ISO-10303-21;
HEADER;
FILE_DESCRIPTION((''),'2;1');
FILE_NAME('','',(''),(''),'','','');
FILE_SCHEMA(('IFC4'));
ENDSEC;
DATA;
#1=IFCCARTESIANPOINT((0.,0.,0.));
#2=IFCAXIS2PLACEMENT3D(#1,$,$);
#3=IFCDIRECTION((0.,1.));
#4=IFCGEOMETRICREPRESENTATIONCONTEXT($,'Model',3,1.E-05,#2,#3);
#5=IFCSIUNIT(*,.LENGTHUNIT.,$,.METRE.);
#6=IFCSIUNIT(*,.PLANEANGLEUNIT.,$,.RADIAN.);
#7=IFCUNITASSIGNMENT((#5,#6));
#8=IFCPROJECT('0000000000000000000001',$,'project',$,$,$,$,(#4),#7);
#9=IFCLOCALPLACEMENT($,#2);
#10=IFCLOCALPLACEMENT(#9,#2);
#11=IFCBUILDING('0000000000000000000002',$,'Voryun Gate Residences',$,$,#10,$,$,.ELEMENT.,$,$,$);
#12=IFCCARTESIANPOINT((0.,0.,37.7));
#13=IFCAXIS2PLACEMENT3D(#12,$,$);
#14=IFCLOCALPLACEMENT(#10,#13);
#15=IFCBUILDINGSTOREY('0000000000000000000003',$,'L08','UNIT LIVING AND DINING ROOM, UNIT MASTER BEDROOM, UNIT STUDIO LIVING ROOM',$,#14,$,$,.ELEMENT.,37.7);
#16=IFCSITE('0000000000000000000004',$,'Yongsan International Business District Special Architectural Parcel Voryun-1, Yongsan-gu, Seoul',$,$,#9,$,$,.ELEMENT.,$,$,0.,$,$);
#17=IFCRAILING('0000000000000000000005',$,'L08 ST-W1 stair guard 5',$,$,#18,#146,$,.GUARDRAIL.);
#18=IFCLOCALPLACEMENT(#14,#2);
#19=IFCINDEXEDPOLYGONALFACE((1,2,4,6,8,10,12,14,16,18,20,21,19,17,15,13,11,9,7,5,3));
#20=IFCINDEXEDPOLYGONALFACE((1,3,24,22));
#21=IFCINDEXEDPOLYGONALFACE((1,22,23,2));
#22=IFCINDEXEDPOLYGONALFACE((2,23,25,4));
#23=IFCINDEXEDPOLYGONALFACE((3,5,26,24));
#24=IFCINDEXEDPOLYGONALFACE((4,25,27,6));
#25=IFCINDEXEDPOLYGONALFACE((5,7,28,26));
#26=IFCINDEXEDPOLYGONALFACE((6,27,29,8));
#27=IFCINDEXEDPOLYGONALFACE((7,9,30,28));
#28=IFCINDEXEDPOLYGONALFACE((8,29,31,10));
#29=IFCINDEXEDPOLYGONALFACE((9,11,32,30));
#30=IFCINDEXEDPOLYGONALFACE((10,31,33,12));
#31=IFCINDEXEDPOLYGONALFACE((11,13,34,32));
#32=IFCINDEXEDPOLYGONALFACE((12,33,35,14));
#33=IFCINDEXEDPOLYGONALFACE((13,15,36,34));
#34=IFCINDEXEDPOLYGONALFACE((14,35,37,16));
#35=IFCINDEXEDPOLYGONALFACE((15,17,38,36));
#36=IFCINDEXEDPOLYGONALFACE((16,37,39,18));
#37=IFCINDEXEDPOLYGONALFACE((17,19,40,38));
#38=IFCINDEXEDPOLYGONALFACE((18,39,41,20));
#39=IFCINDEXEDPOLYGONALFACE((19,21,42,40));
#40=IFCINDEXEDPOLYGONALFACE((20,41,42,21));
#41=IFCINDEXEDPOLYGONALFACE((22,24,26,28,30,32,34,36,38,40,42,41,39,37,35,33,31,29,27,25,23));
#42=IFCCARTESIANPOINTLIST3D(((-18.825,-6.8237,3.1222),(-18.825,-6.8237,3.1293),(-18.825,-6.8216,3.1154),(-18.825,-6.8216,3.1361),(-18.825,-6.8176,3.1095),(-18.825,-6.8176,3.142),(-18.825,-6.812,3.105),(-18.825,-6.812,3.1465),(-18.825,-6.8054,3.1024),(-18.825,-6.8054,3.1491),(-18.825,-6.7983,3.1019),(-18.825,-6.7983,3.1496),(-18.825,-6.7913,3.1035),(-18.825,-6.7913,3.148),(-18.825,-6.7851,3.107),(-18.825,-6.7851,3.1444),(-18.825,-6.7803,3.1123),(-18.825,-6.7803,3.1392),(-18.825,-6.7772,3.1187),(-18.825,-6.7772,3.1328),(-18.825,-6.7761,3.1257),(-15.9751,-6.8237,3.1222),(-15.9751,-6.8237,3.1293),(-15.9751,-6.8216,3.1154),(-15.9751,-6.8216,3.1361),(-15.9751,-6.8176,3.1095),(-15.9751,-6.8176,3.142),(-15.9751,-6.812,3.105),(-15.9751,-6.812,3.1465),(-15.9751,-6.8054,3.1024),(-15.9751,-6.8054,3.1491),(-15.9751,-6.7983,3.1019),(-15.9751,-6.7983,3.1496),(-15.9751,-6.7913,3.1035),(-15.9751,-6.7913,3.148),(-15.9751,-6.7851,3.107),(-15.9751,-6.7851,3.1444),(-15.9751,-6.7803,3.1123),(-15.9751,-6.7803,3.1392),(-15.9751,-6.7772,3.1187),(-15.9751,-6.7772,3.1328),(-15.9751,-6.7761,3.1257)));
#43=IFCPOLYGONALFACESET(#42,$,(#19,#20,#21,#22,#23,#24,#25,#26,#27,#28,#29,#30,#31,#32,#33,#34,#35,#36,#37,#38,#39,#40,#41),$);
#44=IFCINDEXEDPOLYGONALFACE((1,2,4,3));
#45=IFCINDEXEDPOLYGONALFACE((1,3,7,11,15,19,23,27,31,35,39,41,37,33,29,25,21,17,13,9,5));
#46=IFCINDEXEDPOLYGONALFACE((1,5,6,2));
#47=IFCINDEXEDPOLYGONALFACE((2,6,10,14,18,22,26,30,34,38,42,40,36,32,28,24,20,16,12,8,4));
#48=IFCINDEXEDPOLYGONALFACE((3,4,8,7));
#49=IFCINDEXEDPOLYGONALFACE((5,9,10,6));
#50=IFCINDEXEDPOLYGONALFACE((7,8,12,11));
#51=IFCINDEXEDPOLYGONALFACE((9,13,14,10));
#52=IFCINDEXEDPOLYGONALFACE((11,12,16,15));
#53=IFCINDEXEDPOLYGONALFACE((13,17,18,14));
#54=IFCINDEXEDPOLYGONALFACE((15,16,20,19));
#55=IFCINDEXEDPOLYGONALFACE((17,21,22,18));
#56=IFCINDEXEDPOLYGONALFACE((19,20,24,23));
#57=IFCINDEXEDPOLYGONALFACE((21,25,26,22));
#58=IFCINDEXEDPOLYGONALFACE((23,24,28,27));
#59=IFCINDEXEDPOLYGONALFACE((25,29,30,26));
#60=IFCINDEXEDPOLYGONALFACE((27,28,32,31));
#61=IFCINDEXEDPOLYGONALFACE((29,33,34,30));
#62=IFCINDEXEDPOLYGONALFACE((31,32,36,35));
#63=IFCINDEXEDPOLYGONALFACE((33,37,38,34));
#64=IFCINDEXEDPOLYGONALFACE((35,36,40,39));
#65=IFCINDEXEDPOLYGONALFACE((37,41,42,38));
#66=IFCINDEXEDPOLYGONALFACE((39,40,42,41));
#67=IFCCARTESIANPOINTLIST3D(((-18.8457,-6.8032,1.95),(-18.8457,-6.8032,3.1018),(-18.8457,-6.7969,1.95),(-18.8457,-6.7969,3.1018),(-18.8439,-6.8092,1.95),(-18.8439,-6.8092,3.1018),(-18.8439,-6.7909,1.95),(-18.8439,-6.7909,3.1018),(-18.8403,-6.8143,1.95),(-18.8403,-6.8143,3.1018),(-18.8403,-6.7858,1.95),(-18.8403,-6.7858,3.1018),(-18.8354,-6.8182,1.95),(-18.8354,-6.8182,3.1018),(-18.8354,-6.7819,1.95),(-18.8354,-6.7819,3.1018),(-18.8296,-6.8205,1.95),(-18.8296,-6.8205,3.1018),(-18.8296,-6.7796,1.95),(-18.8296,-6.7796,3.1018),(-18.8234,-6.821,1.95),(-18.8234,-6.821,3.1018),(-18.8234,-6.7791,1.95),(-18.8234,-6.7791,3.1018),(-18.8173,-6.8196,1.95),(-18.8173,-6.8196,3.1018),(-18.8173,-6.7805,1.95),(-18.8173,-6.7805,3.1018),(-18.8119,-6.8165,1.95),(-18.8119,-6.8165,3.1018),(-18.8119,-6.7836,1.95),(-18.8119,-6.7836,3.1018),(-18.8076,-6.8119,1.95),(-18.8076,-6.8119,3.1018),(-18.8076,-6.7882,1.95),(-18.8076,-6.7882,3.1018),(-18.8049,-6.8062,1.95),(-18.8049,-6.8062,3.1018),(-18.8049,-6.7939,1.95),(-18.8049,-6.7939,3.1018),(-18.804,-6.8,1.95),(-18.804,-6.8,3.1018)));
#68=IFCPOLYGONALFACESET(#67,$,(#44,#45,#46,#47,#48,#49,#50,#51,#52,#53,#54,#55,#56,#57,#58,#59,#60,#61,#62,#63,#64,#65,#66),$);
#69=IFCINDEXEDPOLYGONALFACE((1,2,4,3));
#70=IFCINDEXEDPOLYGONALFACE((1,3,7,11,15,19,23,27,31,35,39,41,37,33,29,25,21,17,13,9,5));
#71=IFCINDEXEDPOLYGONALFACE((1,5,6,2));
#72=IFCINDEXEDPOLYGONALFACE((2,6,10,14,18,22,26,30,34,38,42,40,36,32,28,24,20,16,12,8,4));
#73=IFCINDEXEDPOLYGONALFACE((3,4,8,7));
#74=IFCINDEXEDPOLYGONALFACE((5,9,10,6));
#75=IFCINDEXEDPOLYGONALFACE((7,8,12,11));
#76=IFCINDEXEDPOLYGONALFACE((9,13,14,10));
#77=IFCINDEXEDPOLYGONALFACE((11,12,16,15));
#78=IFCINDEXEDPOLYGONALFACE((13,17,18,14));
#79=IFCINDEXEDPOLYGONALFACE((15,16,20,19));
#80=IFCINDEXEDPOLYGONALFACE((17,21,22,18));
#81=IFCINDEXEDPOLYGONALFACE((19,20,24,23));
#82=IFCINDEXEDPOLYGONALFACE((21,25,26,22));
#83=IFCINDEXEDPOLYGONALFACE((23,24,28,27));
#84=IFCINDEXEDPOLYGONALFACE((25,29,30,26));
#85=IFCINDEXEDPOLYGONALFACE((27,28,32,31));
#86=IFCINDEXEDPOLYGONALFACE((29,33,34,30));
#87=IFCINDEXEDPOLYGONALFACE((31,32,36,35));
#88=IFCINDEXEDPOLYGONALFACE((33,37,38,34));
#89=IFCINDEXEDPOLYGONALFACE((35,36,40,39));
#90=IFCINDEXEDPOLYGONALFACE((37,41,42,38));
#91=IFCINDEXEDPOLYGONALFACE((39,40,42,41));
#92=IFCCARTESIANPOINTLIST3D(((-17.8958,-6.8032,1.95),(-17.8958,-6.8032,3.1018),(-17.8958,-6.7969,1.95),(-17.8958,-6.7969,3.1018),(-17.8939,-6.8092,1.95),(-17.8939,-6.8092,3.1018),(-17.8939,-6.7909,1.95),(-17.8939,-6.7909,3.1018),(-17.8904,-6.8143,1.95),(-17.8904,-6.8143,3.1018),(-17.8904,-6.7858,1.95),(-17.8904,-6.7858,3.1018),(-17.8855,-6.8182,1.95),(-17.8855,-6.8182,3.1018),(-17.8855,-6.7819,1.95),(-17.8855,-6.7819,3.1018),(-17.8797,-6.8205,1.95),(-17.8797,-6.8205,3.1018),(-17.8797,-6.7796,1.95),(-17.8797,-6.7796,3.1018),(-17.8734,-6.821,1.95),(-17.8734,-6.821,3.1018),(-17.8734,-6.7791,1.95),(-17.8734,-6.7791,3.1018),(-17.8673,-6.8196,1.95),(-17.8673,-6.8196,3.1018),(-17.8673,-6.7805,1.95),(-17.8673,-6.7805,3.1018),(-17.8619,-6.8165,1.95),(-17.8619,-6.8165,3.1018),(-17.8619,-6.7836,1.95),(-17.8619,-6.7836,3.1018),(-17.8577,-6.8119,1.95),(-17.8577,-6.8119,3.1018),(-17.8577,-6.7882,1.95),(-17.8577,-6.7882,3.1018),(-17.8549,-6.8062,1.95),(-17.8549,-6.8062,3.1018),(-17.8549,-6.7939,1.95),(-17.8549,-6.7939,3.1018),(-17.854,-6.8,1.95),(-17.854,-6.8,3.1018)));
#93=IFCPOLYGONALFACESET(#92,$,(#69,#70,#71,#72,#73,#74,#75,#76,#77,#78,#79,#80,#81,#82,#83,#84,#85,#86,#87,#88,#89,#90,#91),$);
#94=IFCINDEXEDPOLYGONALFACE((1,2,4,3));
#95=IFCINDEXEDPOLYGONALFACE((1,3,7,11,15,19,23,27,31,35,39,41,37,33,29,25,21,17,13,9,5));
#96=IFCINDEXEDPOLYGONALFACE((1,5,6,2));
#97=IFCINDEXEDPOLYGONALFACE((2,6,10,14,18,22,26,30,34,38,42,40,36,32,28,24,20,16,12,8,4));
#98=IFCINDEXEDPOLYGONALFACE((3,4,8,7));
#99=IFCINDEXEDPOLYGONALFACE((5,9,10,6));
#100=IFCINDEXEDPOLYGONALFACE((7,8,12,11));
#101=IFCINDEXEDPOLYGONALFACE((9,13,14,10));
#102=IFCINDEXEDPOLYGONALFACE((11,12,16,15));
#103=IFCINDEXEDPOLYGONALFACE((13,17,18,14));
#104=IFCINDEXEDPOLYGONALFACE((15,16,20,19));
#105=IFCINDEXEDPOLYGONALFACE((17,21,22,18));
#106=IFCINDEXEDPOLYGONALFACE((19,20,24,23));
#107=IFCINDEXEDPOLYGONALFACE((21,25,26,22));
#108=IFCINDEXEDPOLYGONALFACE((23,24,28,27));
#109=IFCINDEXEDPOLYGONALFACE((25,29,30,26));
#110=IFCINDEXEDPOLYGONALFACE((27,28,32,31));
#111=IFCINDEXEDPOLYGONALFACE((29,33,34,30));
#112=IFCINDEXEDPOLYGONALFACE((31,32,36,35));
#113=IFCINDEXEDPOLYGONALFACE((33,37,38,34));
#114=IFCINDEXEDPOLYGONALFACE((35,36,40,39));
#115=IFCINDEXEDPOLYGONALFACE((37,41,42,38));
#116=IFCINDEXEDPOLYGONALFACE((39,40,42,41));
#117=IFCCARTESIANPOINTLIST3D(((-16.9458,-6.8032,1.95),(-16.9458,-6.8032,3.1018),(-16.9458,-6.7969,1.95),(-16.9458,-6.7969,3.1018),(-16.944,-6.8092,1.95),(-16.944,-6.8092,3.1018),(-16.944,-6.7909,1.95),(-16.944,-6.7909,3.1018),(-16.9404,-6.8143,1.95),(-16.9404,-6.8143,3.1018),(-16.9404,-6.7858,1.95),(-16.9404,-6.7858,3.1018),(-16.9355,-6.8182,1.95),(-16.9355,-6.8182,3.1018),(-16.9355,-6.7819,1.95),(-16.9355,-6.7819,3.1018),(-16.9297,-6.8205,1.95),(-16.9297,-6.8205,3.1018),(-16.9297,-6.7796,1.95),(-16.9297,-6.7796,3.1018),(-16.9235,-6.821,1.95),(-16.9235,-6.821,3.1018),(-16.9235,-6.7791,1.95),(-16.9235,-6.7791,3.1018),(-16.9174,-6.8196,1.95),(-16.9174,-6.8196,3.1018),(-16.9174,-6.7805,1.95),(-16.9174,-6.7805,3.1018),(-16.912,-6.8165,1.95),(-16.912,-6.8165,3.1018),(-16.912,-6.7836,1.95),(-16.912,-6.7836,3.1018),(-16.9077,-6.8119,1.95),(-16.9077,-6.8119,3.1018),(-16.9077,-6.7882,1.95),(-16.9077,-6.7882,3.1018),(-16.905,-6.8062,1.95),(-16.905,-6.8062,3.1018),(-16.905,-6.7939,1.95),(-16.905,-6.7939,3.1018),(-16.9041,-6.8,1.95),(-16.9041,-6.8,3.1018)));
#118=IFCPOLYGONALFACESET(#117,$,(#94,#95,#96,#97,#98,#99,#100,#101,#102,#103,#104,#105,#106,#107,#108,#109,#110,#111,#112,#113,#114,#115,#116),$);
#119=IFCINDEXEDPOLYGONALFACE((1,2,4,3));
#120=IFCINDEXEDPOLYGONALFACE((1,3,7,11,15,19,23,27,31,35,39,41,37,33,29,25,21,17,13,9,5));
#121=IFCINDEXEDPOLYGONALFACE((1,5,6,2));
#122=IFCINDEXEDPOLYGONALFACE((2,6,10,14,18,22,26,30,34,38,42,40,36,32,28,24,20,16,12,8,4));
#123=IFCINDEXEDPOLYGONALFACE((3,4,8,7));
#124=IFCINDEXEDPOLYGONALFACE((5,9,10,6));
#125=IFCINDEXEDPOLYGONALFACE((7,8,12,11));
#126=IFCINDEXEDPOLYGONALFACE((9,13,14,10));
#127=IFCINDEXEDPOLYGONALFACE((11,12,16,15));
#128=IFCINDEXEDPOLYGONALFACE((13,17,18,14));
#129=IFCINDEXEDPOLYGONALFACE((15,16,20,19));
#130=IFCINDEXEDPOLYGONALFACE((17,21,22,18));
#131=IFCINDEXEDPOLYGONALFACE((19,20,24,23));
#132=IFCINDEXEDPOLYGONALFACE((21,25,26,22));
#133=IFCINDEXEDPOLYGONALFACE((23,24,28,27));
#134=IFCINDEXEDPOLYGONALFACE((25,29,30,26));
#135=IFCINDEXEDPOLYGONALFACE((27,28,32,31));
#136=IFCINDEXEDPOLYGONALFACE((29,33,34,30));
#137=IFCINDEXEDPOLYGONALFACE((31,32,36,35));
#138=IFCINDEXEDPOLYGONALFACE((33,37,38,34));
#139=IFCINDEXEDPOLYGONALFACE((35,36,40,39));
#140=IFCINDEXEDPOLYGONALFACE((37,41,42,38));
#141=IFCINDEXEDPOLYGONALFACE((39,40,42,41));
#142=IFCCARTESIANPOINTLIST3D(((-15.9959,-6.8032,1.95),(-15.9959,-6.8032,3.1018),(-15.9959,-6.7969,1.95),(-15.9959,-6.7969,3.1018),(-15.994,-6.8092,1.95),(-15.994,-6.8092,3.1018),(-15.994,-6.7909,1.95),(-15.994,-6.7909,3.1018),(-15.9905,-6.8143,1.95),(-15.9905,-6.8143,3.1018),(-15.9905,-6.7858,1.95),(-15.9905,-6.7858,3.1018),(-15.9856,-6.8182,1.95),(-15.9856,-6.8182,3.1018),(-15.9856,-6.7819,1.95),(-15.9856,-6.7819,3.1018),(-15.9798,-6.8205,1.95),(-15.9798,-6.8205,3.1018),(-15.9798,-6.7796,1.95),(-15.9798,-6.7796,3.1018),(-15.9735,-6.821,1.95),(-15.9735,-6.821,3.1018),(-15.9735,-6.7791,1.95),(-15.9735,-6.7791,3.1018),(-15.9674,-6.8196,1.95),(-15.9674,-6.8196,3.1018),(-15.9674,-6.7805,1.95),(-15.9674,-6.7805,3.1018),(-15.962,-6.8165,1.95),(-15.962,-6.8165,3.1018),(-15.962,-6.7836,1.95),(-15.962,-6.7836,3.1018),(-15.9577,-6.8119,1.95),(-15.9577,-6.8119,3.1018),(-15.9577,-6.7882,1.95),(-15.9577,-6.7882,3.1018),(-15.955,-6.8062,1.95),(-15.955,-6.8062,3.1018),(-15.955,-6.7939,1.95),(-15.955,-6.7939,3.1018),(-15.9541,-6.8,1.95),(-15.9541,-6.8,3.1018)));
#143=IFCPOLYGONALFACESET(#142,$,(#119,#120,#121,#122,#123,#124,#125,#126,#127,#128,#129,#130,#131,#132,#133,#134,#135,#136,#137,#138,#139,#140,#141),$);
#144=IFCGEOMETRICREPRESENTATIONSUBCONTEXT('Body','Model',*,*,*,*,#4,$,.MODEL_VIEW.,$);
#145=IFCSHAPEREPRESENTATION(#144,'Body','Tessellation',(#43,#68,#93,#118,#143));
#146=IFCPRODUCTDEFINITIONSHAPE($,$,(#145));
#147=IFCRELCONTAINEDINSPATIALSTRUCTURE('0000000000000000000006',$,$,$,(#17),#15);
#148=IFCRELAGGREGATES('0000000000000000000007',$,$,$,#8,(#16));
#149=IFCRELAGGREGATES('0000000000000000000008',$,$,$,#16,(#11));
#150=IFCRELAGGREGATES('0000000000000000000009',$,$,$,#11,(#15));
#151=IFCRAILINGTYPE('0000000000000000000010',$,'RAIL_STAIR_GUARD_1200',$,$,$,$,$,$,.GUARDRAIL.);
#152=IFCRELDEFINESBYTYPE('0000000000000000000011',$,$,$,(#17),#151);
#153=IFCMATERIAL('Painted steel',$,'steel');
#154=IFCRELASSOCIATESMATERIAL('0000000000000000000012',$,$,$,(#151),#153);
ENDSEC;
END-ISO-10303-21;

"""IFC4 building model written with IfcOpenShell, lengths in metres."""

from ifc_helpers import new_model, si_unit, direction, frame, origin, origin_2d, place, context, subcontext, project, spatial, circle, extrude, material, type_object, element, save


model = new_model("IFC4")

# Units and contexts
model_context = context("Model", 3, precision=1e-05, world=origin(), true_north=direction((0.0, 1.0)))
body_context = subcontext(model_context, "Body", "Model", "MODEL_VIEW")
ifc_project = project(units=[si_unit("LENGTHUNIT", "METRE"), si_unit("PLANEANGLEUNIT", "RADIAN")], contexts=[model_context])

# Site, building, storey
site_placement = place(None, origin())
site = spatial("IfcSite", under=ifc_project, at=site_placement, Name="Yongsan International Business District Special Architectural Parcel Voryun-1, Yongsan-gu, Seoul", CompositionType="ELEMENT", RefElevation=0.0)
building_placement = place(site_placement, origin())
building = spatial("IfcBuilding", under=site, at=building_placement, Name="Voryun Gate Residences", CompositionType="ELEMENT")
storey_placement = place(building_placement, frame((0.0, 0.0, 37.7)))
storey = spatial("IfcBuildingStorey", under=building, at=storey_placement, Name="L08", Description="UNIT LIVING AND DINING ROOM, UNIT MASTER BEDROOM, UNIT STUDIO LIVING ROOM", CompositionType="ELEMENT", Elevation=37.7)

# Railing
ifc_material_1 = material(Name="Painted steel", Category="steel")
railing_type = type_object("IfcRailingType", Name="RAIL_STAIR_GUARD_1200", PredefinedType="GUARDRAIL", material=ifc_material_1)
railing_1_placement = place(storey_placement, frame((-18.825, -6.8, 1.95)))
element("IfcRailing", 1, at=railing_1_placement, inside=storey, type_object=railing_type, Name="L08 ST-W1 stair guard 5", PredefinedType="GUARDRAIL", context=body_context, shape_type="SweptSolid", body=[
    extrude(circle(Radius=0.0239, at=origin_2d()), frame((0.0, 0.0, 1.1758), z_axis=(1.0, 0.0, 0.0), x_axis=(0.0, 1.0, 0.0)), (0.0, 0.0, 1.0), 2.8499),
    extrude(circle(Radius=0.021, at=origin_2d()), origin(), (0.0, 0.0, 1.0), 1.1519),
    extrude(circle(Radius=0.021, at=origin_2d()), frame((0.95, 0.0, 0.0)), (0.0, 0.0, 1.0), 1.1519),
    extrude(circle(Radius=0.021, at=origin_2d()), frame((1.8999, 0.0, 0.0)), (0.0, 0.0, 1.0), 1.1519),
    extrude(circle(Radius=0.021, at=origin_2d()), frame((2.8499, 0.0, 0.0)), (0.0, 0.0, 1.0), 1.1519),
])

save(model, "model.ifc")
